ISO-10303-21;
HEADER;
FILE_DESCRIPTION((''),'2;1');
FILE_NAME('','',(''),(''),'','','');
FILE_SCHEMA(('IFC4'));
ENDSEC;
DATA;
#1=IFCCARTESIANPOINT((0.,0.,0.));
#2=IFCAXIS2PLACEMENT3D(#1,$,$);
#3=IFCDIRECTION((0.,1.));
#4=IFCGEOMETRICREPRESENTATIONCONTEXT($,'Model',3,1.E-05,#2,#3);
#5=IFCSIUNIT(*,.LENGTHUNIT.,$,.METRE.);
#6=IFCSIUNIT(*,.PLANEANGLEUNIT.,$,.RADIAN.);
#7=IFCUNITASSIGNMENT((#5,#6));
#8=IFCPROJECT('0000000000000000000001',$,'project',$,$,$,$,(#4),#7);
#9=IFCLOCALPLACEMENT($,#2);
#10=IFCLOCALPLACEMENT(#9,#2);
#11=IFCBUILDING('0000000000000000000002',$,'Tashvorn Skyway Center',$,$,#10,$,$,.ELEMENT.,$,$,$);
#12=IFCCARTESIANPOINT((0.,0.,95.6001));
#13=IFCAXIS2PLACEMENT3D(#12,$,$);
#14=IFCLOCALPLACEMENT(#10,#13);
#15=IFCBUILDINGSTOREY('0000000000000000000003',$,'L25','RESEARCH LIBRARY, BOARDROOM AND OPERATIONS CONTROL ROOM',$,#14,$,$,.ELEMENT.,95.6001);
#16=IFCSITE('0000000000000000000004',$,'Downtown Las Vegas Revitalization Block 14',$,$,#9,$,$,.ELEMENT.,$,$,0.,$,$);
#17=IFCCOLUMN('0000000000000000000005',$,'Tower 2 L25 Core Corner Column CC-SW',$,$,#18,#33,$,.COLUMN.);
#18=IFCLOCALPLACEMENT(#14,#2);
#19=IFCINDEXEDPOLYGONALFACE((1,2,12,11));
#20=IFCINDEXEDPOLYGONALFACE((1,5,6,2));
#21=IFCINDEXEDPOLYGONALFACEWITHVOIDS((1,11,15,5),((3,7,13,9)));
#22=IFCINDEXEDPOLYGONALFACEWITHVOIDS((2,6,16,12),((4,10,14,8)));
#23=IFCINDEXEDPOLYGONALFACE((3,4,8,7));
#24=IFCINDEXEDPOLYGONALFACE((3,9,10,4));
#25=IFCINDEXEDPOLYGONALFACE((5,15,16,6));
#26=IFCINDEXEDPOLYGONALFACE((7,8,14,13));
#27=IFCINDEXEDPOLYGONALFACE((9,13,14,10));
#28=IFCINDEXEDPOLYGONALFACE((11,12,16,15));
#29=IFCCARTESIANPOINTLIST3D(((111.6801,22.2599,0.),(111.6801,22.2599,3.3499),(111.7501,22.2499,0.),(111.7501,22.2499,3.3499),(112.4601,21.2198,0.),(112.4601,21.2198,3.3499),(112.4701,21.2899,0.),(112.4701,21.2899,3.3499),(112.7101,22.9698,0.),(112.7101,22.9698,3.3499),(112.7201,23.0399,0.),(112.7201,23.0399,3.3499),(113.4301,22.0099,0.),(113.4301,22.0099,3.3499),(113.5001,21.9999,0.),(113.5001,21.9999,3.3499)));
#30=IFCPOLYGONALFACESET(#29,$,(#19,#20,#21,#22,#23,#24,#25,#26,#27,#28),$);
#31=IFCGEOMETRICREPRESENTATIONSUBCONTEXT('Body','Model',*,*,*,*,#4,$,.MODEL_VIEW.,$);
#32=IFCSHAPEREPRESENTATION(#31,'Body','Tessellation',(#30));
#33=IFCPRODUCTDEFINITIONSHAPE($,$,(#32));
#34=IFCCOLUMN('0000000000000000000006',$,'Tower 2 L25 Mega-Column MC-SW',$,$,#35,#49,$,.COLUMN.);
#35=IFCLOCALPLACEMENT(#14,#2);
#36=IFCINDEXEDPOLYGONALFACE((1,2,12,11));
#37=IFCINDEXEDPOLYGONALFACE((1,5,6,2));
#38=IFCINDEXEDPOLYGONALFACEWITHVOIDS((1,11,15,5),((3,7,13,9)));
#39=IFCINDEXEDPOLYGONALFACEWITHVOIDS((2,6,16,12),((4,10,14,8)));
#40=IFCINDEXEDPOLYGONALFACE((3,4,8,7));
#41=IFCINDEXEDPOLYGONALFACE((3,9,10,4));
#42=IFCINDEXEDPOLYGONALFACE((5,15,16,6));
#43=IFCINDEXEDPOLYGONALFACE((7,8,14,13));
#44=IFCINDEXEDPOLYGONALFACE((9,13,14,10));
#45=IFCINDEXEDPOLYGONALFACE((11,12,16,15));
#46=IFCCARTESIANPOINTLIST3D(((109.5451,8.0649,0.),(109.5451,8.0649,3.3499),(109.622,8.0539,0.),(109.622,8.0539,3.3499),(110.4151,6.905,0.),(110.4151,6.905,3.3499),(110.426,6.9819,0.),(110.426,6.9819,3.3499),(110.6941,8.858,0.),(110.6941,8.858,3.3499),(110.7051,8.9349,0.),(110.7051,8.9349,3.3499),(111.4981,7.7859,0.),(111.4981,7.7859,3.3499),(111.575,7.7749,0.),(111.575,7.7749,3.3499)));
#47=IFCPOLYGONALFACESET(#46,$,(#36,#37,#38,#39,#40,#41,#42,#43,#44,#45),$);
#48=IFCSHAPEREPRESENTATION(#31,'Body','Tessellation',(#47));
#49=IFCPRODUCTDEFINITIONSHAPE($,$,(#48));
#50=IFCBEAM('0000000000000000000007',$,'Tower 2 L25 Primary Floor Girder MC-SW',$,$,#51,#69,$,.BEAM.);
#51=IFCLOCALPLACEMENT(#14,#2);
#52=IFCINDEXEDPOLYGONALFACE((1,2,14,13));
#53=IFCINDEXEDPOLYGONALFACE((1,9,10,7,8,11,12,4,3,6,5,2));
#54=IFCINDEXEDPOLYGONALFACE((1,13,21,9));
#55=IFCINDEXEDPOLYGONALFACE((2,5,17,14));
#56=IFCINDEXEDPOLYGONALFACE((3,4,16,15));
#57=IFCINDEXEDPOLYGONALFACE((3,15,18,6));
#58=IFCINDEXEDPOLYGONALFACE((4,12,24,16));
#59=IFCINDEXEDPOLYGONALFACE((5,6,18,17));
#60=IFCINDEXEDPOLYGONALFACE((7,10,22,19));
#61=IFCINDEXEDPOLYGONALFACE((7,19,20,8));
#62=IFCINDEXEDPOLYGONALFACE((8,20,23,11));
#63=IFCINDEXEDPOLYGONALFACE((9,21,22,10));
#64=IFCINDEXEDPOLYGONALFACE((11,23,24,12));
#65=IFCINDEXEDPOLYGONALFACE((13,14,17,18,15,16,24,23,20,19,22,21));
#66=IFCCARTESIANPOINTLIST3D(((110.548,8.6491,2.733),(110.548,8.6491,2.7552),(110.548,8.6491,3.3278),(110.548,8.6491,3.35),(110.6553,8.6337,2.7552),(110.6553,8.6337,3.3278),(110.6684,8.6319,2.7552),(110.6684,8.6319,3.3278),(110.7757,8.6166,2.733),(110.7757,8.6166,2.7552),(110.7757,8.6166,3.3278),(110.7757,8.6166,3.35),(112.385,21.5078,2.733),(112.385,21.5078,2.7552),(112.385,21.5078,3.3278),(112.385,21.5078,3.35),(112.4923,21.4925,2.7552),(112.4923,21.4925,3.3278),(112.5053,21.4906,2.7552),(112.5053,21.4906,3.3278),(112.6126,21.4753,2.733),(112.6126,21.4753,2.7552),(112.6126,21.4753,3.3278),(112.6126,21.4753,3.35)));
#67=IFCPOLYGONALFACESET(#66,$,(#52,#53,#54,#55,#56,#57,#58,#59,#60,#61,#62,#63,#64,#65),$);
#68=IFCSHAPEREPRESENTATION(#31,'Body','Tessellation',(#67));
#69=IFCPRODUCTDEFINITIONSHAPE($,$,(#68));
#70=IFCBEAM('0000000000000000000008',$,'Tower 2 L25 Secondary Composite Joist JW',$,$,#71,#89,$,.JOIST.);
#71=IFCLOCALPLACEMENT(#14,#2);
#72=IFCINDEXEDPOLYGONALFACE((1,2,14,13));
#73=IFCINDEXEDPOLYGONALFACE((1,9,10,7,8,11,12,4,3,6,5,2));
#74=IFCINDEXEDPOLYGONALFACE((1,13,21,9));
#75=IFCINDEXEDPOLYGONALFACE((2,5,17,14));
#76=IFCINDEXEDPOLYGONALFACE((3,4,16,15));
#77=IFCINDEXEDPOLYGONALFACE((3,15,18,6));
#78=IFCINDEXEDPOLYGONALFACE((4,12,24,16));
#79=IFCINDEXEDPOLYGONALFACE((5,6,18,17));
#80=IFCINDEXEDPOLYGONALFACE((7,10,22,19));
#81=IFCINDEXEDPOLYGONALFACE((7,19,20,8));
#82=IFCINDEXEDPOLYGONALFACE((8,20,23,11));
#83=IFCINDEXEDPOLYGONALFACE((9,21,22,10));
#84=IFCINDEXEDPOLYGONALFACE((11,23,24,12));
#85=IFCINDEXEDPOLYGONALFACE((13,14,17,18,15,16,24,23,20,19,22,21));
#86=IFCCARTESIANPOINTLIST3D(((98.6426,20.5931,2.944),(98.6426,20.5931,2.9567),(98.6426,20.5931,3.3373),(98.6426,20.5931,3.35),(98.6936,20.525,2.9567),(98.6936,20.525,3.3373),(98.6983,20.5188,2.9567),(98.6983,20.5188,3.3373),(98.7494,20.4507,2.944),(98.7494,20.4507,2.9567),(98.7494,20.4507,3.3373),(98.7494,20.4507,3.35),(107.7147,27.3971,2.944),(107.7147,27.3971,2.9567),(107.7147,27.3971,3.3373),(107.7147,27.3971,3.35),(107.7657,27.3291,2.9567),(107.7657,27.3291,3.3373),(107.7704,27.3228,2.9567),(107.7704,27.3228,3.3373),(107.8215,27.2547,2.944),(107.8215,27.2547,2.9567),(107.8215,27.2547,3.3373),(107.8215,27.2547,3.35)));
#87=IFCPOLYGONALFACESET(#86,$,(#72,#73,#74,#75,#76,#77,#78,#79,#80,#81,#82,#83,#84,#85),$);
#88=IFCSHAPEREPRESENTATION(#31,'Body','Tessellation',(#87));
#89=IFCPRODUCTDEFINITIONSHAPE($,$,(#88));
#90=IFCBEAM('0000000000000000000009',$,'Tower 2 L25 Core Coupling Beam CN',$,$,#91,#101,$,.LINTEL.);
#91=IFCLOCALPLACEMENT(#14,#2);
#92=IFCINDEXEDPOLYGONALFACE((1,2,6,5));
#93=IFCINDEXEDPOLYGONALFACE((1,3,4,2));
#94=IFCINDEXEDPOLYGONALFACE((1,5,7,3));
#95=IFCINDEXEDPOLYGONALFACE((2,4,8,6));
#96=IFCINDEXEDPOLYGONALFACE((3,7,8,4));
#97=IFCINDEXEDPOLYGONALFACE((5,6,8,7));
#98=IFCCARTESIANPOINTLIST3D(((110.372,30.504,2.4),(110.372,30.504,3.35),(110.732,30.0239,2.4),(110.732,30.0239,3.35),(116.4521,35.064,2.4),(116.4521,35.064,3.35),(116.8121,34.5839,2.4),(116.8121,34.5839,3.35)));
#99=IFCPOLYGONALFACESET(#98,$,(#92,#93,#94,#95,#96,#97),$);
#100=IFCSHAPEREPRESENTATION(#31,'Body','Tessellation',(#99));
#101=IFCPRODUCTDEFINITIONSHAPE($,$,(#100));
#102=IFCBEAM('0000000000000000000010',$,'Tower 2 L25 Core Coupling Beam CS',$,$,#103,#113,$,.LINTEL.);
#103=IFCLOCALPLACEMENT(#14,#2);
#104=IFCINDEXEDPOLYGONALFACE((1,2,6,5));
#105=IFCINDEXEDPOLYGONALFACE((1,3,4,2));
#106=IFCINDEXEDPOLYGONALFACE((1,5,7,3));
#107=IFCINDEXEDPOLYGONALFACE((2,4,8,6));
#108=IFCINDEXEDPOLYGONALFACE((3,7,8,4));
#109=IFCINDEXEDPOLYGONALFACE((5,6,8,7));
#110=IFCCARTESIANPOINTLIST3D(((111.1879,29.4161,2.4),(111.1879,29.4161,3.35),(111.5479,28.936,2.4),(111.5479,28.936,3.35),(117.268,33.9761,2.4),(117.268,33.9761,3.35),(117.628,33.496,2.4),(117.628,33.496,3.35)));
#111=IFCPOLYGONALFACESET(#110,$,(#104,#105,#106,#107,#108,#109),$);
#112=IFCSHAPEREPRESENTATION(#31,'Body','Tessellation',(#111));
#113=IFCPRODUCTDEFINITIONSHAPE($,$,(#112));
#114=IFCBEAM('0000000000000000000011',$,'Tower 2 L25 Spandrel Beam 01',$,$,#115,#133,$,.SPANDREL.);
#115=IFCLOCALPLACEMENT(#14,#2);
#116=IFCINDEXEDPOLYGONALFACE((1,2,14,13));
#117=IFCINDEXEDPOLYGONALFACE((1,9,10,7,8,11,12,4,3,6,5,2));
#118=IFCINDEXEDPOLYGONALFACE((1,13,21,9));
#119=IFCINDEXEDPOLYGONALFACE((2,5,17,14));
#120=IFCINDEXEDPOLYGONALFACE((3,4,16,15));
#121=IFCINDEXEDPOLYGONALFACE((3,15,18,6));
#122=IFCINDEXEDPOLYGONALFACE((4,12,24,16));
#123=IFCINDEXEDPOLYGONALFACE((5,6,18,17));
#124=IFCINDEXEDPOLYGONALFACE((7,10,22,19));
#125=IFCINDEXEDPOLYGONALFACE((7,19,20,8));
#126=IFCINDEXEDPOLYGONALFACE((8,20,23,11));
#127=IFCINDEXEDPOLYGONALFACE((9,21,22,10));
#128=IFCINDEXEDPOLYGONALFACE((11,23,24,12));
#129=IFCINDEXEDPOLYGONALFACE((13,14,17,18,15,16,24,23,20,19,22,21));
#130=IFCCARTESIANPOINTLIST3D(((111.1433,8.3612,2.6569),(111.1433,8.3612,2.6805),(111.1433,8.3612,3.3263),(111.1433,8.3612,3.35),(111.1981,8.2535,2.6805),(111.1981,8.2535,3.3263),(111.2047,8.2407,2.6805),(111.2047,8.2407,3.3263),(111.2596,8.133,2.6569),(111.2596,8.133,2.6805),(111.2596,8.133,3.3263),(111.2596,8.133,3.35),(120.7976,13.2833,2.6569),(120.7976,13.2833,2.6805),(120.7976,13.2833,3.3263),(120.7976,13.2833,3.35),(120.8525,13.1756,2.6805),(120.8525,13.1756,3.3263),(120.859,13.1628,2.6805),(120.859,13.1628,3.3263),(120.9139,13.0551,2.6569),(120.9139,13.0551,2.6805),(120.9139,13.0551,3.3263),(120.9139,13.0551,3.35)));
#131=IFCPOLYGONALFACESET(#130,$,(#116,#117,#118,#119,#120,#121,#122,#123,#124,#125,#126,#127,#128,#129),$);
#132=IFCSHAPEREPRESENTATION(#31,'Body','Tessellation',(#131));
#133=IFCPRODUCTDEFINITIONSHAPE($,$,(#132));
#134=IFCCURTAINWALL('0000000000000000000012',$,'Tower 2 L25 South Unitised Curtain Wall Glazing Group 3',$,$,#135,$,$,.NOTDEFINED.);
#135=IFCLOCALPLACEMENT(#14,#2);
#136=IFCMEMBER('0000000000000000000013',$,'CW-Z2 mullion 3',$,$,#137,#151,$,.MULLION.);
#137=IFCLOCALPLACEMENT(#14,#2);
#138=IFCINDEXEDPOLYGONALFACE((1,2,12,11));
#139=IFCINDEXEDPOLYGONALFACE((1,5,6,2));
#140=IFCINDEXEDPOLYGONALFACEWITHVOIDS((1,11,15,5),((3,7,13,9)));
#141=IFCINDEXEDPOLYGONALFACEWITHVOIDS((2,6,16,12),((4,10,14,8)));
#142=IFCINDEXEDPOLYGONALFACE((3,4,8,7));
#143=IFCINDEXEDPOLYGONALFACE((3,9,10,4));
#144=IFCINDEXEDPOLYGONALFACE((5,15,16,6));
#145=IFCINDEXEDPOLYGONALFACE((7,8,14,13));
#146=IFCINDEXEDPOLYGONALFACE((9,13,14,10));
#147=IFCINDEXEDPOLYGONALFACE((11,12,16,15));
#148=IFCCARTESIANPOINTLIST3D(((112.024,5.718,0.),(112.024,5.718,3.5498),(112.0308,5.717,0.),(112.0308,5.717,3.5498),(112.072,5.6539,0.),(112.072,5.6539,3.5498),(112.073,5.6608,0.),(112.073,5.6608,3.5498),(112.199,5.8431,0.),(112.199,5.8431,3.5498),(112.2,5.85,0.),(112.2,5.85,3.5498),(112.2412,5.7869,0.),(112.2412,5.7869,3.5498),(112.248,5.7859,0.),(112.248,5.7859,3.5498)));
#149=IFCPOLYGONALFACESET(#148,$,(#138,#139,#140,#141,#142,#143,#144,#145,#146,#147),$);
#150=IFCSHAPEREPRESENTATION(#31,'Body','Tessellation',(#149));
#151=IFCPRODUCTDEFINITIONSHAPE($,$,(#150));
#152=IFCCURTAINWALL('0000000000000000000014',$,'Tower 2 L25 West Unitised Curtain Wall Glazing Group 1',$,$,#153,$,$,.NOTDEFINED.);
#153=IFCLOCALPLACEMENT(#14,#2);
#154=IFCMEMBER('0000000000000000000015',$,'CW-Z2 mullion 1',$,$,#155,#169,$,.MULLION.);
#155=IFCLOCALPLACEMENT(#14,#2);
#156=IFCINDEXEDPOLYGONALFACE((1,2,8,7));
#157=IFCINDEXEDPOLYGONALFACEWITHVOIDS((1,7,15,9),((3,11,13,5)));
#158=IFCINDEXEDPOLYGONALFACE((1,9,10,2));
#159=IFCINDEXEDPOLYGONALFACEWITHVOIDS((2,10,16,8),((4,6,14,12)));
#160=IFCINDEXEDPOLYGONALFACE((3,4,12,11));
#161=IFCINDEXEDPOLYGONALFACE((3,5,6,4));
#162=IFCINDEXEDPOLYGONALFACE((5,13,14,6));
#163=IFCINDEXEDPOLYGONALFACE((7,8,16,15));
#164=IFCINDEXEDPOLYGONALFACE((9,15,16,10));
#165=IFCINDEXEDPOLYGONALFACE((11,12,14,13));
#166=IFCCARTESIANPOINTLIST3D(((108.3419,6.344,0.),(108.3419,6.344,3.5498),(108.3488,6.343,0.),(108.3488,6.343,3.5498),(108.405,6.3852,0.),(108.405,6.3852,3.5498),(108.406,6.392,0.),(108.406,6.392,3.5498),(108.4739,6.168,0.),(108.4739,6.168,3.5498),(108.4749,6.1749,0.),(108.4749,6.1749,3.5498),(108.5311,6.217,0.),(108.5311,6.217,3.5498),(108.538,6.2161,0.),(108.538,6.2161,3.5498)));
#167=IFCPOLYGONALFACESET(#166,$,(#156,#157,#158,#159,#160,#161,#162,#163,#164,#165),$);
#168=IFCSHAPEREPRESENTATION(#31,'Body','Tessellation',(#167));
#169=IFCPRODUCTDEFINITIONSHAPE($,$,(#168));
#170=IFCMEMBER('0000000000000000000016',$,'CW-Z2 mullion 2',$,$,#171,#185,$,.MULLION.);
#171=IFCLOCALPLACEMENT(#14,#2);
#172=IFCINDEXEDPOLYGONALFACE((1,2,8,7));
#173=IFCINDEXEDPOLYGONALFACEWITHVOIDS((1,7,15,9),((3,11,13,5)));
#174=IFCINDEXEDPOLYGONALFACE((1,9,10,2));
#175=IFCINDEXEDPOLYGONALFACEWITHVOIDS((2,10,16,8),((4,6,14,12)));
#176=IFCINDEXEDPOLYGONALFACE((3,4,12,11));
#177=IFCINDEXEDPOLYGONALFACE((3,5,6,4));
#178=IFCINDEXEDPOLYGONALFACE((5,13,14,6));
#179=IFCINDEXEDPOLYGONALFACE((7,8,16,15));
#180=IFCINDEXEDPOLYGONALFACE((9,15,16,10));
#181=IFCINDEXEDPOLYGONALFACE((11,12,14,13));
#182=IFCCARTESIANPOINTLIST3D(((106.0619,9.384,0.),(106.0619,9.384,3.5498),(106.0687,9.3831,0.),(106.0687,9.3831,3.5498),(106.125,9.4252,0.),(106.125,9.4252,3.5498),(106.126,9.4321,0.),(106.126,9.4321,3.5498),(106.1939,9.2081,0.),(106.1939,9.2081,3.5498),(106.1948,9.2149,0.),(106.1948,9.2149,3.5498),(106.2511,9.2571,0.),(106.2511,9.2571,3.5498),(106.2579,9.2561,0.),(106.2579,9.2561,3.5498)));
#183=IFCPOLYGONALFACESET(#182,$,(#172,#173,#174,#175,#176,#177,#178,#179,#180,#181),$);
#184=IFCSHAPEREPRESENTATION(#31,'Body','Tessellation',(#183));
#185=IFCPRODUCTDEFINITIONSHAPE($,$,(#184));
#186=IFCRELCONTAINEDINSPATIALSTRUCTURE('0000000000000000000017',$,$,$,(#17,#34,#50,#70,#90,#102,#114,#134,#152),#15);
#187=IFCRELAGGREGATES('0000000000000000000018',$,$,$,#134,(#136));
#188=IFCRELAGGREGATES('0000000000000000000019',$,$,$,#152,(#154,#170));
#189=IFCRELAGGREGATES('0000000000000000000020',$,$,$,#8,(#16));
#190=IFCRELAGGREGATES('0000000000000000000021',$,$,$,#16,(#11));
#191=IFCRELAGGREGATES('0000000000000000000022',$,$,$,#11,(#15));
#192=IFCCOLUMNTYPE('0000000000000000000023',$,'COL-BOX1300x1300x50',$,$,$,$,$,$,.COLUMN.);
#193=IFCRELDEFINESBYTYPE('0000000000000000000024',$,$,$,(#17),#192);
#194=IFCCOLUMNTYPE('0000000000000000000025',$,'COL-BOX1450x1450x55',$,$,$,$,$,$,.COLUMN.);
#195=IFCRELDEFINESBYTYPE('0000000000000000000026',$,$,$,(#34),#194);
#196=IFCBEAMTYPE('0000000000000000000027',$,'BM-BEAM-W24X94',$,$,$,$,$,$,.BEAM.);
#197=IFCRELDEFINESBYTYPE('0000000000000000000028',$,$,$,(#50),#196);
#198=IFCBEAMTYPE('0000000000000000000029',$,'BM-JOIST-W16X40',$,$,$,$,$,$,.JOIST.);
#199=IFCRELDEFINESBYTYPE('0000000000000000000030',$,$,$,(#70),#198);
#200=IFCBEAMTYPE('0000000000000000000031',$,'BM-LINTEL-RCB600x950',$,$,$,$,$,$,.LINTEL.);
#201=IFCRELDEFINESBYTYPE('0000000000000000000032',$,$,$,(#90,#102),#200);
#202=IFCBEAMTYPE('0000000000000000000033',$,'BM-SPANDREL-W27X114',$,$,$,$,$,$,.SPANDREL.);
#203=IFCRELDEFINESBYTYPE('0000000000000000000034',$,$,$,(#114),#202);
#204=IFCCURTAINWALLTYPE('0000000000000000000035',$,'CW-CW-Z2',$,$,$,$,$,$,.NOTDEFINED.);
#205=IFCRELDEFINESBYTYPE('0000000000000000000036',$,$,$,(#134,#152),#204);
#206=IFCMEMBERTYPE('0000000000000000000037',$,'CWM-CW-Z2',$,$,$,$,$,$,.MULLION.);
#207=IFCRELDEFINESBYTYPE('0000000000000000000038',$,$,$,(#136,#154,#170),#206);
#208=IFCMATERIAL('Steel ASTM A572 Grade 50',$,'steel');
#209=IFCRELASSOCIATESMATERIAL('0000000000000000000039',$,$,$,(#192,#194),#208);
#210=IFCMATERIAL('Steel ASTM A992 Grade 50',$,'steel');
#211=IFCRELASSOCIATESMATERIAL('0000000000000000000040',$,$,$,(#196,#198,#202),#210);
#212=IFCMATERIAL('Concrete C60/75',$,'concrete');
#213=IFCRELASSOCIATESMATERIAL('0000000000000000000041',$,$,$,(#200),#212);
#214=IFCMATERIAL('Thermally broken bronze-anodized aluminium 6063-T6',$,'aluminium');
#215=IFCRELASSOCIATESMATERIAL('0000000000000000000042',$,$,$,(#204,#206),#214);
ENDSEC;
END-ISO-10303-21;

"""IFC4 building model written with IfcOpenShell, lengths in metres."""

from ifc_helpers import new_model, si_unit, direction, frame, origin, origin_2d, place, context, subcontext, project, spatial, rectangle, hollow_rectangle, i_section, extrude, material, material_profile, profile_set, type_object, element, aggregate, save


model = new_model("IFC4")

# Units and contexts
model_context = context("Model", 3, precision=1e-05, world=origin(), true_north=direction((0.0, 1.0)))
body_context = subcontext(model_context, "Body", "Model", "MODEL_VIEW")
ifc_project = project(units=[si_unit("LENGTHUNIT", "METRE"), si_unit("PLANEANGLEUNIT", "RADIAN")], contexts=[model_context])

# Site, building, storey
site_placement = place(None, origin())
site = spatial("IfcSite", under=ifc_project, at=site_placement, Name="Downtown Las Vegas Revitalization Block 14", CompositionType="ELEMENT", RefElevation=0.0)
building_placement = place(site_placement, origin())
building = spatial("IfcBuilding", under=site, at=building_placement, Name="Tashvorn Skyway Center", CompositionType="ELEMENT")
storey_placement = place(building_placement, frame((0.0, 0.0, 95.6001)))
storey = spatial("IfcBuildingStorey", under=building, at=storey_placement, Name="L25", Description="RESEARCH LIBRARY, BOARDROOM AND OPERATIONS CONTROL ROOM", CompositionType="ELEMENT", Elevation=95.6001)

# Columns
ifc_material_1 = material(Name="Steel ASTM A572 Grade 50", Category="steel")
ifc_material_profile_1 = material_profile(ifc_material_1, hollow_rectangle(XDim=1.3, YDim=1.3, WallThickness=0.05, at=origin_2d()), Name="BOX1300x1300x50")
ifc_profile_set_1 = profile_set([ifc_material_profile_1], Name="Steel ASTM A572 Grade 50")
column_type_1 = type_object("IfcColumnType", Name="COL-BOX1300x1300x50", PredefinedType="COLUMN", material=ifc_profile_set_1)
column_1_placement = place(storey_placement, frame((112.5901, 22.1299, 0.0), z_axis=(0.0, 0.0, 1.0), x_axis=(0.8, 0.6, 0.0)))
element("IfcColumn", 1, at=column_1_placement, inside=storey, type_object=column_type_1, Name="Tower 2 L25 Core Corner Column CC-SW", PredefinedType="COLUMN", context=body_context, shape_type="SweptSolid", body=[
    extrude(hollow_rectangle(XDim=1.3, YDim=1.3, WallThickness=0.05, at=origin_2d()), origin(), (0.0, 0.0, 1.0), 3.3499),
])
ifc_material_profile_2 = material_profile(ifc_material_1, hollow_rectangle(XDim=1.45, YDim=1.45, WallThickness=0.0549, at=origin_2d()), Name="BOX1450x1450x55")
ifc_profile_set_2 = profile_set([ifc_material_profile_2], Name="Steel ASTM A572 Grade 50")
column_type_2 = type_object("IfcColumnType", Name="COL-BOX1450x1450x55", PredefinedType="COLUMN", material=ifc_profile_set_2)
column_2_placement = place(storey_placement, frame((110.5601, 7.9199, 0.0), z_axis=(0.0, 0.0, 1.0), x_axis=(0.8, 0.6, 0.0)))
element("IfcColumn", 2, at=column_2_placement, inside=storey, type_object=column_type_2, Name="Tower 2 L25 Mega-Column MC-SW", PredefinedType="COLUMN", context=body_context, shape_type="SweptSolid", body=[
    extrude(hollow_rectangle(XDim=1.45, YDim=1.45, WallThickness=0.0549, at=origin_2d()), origin(), (0.0, 0.0, 1.0), 3.3499),
])

# Beams
ifc_material_2 = material(Name="Steel ASTM A992 Grade 50", Category="steel")
ifc_material_profile_3 = material_profile(ifc_material_2, i_section(OverallWidth=0.23, OverallDepth=0.6169, WebThickness=0.0132, FlangeThickness=0.0222, at=origin_2d()), Name="W24X94")
ifc_profile_set_3 = profile_set([ifc_material_profile_3], Name="Steel ASTM A992 Grade 50")
beam_type_1 = type_object("IfcBeamType", Name="BM-BEAM-W24X94", PredefinedType="BEAM", material=ifc_profile_set_3)
beam_1_placement = place(storey_placement, frame((110.6619, 8.6328, 3.0415), z_axis=(0.141419, 0.98995, 0.0), x_axis=(-0.98995, 0.141419, 0.0)))
element("IfcBeam", 3, at=beam_1_placement, inside=storey, type_object=beam_type_1, Name="Tower 2 L25 Primary Floor Girder MC-SW", PredefinedType="BEAM", context=body_context, shape_type="SweptSolid", body=[
    extrude(i_section(OverallWidth=0.23, OverallDepth=0.6169, WebThickness=0.0132, FlangeThickness=0.0222, at=origin_2d()), origin(), (0.0, 0.0, 1.0), 12.9893),
])
ifc_material_profile_4 = material_profile(ifc_material_2, i_section(OverallWidth=0.178, OverallDepth=0.406, WebThickness=0.0078, FlangeThickness=0.0127, at=origin_2d()), Name="W16X40")
ifc_profile_set_4 = profile_set([ifc_material_profile_4], Name="Steel ASTM A992 Grade 50")
beam_type_2 = type_object("IfcBeamType", Name="BM-JOIST-W16X40", PredefinedType="JOIST", material=ifc_profile_set_4)
beam_2_placement = place(storey_placement, frame((107.7681, 27.3259, 3.147), z_axis=(-0.800003, -0.599997, 0.0), x_axis=(0.599997, -0.800003, 0.0)))
element("IfcBeam", 4, at=beam_2_placement, inside=storey, type_object=beam_type_2, Name="Tower 2 L25 Secondary Composite Joist JW", PredefinedType="JOIST", context=body_context, shape_type="SweptSolid", body=[
    extrude(i_section(OverallWidth=0.178, OverallDepth=0.406, WebThickness=0.0078, FlangeThickness=0.0127, at=origin_2d()), origin(), (0.0, 0.0, 1.0), 11.3401),
])
ifc_material_3 = material(Name="Concrete C60/75", Category="concrete")
ifc_material_profile_5 = material_profile(ifc_material_3, rectangle(XDim=0.6001, YDim=0.95, at=origin_2d()), Name="RCB600x950")
ifc_profile_set_5 = profile_set([ifc_material_profile_5], Name="Concrete C60/75")
beam_type_3 = type_object("IfcBeamType", Name="BM-LINTEL-RCB600x950", PredefinedType="LINTEL", material=ifc_profile_set_5)
for number, where, z_axis, x_axis, name in (
    (5, (110.552, 30.2639, 2.875), (0.8, 0.6, 0.0), (-0.6, 0.8, 0.0), "Tower 2 L25 Core Coupling Beam CN"),
    (6, (111.3679, 29.176, 2.875), (0.8, 0.6, 0.0), (-0.6, 0.8, 0.0), "Tower 2 L25 Core Coupling Beam CS"),
):
    element("IfcBeam", number, at=place(storey_placement, frame(where, z_axis=z_axis, x_axis=x_axis)), inside=storey, type_object=beam_type_3, Name=name, PredefinedType="LINTEL", context=body_context, shape_type="SweptSolid", body=[
        extrude(rectangle(XDim=0.6001, YDim=0.95, at=origin_2d()), origin(), (0.0, 0.0, 1.0), 7.6001),
    ])
ifc_material_profile_6 = material_profile(ifc_material_2, i_section(OverallWidth=0.2561, OverallDepth=0.6931, WebThickness=0.0144, FlangeThickness=0.0237, at=origin_2d()), Name="W27X114")
ifc_profile_set_6 = profile_set([ifc_material_profile_6], Name="Steel ASTM A992 Grade 50")
beam_type_4 = type_object("IfcBeamType", Name="BM-SPANDREL-W27X114", PredefinedType="SPANDREL", material=ifc_profile_set_6)
beam_3_placement = place(storey_placement, frame((111.2014, 8.2471, 3.0034), z_axis=(0.890894, 0.454211, 0.0), x_axis=(-0.454211, 0.890894, 0.0)))
element("IfcBeam", 7, at=beam_3_placement, inside=storey, type_object=beam_type_4, Name="Tower 2 L25 Spandrel Beam 01", PredefinedType="SPANDREL", context=body_context, shape_type="SweptSolid", body=[
    extrude(i_section(OverallWidth=0.2561, OverallDepth=0.6931, WebThickness=0.0144, FlangeThickness=0.0237, at=origin_2d()), origin(), (0.0, 0.0, 1.0), 10.8367),
])

# Curtain wall, member
ifc_material_4 = material(Name="Thermally broken bronze-anodized aluminium 6063-T6", Category="aluminium")
curtain_wall_type = type_object("IfcCurtainWallType", Name="CW-CW-Z2", PredefinedType="NOTDEFINED", material=ifc_material_4)
curtain_wall_1_placement = place(storey_placement, origin())
curtain_wall_1 = element("IfcCurtainWall", 8, at=curtain_wall_1_placement, inside=storey, type_object=curtain_wall_type, Name="Tower 2 L25 South Unitised Curtain Wall Glazing Group 3", PredefinedType="NOTDEFINED")
ifc_material_profile_7 = material_profile(ifc_material_4, hollow_rectangle(XDim=0.0801, YDim=0.22, WallThickness=0.0049, at=origin_2d()), Name="ALU-MULL-80x220")
ifc_profile_set_7 = profile_set([ifc_material_profile_7], Name="Thermally broken bronze-anodized aluminium 6063-T6")
member_type_1 = type_object("IfcMemberType", Name="CWM-CW-Z2", PredefinedType="MULLION", material=ifc_profile_set_7)
member_1_placement = place(storey_placement, frame((112.136, 5.752, 0.0), z_axis=(0.0, 0.0, 1.0), x_axis=(0.6, -0.8, 0.0)))
member_1 = element("IfcMember", 9, at=member_1_placement, type_object=member_type_1, Name="CW-Z2 mullion 3", PredefinedType="MULLION", context=body_context, shape_type="SweptSolid", body=[
    extrude(hollow_rectangle(XDim=0.0801, YDim=0.22, WallThickness=0.0049, at=origin_2d()), origin(), (0.0, 0.0, 1.0), 3.5498),
])

# Curtain wall, members
curtain_wall_2_placement = place(storey_placement, origin())
curtain_wall_2 = element("IfcCurtainWall", 10, at=curtain_wall_2_placement, inside=storey, type_object=curtain_wall_type, Name="Tower 2 L25 West Unitised Curtain Wall Glazing Group 1", PredefinedType="NOTDEFINED")
member_2_placement = place(storey_placement, frame((108.4399, 6.28, 0.0), z_axis=(0.0, 0.0, 1.0), x_axis=(-0.8, -0.6, 0.0)))
member_2 = element("IfcMember", 11, at=member_2_placement, type_object=member_type_1, Name="CW-Z2 mullion 1", PredefinedType="MULLION", context=body_context, shape_type="SweptSolid", body=[
    extrude(hollow_rectangle(XDim=0.0801, YDim=0.22, WallThickness=0.0049, at=origin_2d()), origin(), (0.0, 0.0, 1.0), 3.5498),
])
member_3_placement = place(storey_placement, frame((106.1599, 9.3201, 0.0), z_axis=(0.0, 0.0, 1.0), x_axis=(-0.8, -0.6, 0.0)))
member_3 = element("IfcMember", 12, at=member_3_placement, type_object=member_type_1, Name="CW-Z2 mullion 2", PredefinedType="MULLION", context=body_context, shape_type="SweptSolid", body=[
    extrude(hollow_rectangle(XDim=0.0801, YDim=0.22, WallThickness=0.0049, at=origin_2d()), origin(), (0.0, 0.0, 1.0), 3.5498),
])

aggregate(curtain_wall_1, [member_1])
aggregate(curtain_wall_2, [member_2, member_3])

save(model, "model.ifc")
